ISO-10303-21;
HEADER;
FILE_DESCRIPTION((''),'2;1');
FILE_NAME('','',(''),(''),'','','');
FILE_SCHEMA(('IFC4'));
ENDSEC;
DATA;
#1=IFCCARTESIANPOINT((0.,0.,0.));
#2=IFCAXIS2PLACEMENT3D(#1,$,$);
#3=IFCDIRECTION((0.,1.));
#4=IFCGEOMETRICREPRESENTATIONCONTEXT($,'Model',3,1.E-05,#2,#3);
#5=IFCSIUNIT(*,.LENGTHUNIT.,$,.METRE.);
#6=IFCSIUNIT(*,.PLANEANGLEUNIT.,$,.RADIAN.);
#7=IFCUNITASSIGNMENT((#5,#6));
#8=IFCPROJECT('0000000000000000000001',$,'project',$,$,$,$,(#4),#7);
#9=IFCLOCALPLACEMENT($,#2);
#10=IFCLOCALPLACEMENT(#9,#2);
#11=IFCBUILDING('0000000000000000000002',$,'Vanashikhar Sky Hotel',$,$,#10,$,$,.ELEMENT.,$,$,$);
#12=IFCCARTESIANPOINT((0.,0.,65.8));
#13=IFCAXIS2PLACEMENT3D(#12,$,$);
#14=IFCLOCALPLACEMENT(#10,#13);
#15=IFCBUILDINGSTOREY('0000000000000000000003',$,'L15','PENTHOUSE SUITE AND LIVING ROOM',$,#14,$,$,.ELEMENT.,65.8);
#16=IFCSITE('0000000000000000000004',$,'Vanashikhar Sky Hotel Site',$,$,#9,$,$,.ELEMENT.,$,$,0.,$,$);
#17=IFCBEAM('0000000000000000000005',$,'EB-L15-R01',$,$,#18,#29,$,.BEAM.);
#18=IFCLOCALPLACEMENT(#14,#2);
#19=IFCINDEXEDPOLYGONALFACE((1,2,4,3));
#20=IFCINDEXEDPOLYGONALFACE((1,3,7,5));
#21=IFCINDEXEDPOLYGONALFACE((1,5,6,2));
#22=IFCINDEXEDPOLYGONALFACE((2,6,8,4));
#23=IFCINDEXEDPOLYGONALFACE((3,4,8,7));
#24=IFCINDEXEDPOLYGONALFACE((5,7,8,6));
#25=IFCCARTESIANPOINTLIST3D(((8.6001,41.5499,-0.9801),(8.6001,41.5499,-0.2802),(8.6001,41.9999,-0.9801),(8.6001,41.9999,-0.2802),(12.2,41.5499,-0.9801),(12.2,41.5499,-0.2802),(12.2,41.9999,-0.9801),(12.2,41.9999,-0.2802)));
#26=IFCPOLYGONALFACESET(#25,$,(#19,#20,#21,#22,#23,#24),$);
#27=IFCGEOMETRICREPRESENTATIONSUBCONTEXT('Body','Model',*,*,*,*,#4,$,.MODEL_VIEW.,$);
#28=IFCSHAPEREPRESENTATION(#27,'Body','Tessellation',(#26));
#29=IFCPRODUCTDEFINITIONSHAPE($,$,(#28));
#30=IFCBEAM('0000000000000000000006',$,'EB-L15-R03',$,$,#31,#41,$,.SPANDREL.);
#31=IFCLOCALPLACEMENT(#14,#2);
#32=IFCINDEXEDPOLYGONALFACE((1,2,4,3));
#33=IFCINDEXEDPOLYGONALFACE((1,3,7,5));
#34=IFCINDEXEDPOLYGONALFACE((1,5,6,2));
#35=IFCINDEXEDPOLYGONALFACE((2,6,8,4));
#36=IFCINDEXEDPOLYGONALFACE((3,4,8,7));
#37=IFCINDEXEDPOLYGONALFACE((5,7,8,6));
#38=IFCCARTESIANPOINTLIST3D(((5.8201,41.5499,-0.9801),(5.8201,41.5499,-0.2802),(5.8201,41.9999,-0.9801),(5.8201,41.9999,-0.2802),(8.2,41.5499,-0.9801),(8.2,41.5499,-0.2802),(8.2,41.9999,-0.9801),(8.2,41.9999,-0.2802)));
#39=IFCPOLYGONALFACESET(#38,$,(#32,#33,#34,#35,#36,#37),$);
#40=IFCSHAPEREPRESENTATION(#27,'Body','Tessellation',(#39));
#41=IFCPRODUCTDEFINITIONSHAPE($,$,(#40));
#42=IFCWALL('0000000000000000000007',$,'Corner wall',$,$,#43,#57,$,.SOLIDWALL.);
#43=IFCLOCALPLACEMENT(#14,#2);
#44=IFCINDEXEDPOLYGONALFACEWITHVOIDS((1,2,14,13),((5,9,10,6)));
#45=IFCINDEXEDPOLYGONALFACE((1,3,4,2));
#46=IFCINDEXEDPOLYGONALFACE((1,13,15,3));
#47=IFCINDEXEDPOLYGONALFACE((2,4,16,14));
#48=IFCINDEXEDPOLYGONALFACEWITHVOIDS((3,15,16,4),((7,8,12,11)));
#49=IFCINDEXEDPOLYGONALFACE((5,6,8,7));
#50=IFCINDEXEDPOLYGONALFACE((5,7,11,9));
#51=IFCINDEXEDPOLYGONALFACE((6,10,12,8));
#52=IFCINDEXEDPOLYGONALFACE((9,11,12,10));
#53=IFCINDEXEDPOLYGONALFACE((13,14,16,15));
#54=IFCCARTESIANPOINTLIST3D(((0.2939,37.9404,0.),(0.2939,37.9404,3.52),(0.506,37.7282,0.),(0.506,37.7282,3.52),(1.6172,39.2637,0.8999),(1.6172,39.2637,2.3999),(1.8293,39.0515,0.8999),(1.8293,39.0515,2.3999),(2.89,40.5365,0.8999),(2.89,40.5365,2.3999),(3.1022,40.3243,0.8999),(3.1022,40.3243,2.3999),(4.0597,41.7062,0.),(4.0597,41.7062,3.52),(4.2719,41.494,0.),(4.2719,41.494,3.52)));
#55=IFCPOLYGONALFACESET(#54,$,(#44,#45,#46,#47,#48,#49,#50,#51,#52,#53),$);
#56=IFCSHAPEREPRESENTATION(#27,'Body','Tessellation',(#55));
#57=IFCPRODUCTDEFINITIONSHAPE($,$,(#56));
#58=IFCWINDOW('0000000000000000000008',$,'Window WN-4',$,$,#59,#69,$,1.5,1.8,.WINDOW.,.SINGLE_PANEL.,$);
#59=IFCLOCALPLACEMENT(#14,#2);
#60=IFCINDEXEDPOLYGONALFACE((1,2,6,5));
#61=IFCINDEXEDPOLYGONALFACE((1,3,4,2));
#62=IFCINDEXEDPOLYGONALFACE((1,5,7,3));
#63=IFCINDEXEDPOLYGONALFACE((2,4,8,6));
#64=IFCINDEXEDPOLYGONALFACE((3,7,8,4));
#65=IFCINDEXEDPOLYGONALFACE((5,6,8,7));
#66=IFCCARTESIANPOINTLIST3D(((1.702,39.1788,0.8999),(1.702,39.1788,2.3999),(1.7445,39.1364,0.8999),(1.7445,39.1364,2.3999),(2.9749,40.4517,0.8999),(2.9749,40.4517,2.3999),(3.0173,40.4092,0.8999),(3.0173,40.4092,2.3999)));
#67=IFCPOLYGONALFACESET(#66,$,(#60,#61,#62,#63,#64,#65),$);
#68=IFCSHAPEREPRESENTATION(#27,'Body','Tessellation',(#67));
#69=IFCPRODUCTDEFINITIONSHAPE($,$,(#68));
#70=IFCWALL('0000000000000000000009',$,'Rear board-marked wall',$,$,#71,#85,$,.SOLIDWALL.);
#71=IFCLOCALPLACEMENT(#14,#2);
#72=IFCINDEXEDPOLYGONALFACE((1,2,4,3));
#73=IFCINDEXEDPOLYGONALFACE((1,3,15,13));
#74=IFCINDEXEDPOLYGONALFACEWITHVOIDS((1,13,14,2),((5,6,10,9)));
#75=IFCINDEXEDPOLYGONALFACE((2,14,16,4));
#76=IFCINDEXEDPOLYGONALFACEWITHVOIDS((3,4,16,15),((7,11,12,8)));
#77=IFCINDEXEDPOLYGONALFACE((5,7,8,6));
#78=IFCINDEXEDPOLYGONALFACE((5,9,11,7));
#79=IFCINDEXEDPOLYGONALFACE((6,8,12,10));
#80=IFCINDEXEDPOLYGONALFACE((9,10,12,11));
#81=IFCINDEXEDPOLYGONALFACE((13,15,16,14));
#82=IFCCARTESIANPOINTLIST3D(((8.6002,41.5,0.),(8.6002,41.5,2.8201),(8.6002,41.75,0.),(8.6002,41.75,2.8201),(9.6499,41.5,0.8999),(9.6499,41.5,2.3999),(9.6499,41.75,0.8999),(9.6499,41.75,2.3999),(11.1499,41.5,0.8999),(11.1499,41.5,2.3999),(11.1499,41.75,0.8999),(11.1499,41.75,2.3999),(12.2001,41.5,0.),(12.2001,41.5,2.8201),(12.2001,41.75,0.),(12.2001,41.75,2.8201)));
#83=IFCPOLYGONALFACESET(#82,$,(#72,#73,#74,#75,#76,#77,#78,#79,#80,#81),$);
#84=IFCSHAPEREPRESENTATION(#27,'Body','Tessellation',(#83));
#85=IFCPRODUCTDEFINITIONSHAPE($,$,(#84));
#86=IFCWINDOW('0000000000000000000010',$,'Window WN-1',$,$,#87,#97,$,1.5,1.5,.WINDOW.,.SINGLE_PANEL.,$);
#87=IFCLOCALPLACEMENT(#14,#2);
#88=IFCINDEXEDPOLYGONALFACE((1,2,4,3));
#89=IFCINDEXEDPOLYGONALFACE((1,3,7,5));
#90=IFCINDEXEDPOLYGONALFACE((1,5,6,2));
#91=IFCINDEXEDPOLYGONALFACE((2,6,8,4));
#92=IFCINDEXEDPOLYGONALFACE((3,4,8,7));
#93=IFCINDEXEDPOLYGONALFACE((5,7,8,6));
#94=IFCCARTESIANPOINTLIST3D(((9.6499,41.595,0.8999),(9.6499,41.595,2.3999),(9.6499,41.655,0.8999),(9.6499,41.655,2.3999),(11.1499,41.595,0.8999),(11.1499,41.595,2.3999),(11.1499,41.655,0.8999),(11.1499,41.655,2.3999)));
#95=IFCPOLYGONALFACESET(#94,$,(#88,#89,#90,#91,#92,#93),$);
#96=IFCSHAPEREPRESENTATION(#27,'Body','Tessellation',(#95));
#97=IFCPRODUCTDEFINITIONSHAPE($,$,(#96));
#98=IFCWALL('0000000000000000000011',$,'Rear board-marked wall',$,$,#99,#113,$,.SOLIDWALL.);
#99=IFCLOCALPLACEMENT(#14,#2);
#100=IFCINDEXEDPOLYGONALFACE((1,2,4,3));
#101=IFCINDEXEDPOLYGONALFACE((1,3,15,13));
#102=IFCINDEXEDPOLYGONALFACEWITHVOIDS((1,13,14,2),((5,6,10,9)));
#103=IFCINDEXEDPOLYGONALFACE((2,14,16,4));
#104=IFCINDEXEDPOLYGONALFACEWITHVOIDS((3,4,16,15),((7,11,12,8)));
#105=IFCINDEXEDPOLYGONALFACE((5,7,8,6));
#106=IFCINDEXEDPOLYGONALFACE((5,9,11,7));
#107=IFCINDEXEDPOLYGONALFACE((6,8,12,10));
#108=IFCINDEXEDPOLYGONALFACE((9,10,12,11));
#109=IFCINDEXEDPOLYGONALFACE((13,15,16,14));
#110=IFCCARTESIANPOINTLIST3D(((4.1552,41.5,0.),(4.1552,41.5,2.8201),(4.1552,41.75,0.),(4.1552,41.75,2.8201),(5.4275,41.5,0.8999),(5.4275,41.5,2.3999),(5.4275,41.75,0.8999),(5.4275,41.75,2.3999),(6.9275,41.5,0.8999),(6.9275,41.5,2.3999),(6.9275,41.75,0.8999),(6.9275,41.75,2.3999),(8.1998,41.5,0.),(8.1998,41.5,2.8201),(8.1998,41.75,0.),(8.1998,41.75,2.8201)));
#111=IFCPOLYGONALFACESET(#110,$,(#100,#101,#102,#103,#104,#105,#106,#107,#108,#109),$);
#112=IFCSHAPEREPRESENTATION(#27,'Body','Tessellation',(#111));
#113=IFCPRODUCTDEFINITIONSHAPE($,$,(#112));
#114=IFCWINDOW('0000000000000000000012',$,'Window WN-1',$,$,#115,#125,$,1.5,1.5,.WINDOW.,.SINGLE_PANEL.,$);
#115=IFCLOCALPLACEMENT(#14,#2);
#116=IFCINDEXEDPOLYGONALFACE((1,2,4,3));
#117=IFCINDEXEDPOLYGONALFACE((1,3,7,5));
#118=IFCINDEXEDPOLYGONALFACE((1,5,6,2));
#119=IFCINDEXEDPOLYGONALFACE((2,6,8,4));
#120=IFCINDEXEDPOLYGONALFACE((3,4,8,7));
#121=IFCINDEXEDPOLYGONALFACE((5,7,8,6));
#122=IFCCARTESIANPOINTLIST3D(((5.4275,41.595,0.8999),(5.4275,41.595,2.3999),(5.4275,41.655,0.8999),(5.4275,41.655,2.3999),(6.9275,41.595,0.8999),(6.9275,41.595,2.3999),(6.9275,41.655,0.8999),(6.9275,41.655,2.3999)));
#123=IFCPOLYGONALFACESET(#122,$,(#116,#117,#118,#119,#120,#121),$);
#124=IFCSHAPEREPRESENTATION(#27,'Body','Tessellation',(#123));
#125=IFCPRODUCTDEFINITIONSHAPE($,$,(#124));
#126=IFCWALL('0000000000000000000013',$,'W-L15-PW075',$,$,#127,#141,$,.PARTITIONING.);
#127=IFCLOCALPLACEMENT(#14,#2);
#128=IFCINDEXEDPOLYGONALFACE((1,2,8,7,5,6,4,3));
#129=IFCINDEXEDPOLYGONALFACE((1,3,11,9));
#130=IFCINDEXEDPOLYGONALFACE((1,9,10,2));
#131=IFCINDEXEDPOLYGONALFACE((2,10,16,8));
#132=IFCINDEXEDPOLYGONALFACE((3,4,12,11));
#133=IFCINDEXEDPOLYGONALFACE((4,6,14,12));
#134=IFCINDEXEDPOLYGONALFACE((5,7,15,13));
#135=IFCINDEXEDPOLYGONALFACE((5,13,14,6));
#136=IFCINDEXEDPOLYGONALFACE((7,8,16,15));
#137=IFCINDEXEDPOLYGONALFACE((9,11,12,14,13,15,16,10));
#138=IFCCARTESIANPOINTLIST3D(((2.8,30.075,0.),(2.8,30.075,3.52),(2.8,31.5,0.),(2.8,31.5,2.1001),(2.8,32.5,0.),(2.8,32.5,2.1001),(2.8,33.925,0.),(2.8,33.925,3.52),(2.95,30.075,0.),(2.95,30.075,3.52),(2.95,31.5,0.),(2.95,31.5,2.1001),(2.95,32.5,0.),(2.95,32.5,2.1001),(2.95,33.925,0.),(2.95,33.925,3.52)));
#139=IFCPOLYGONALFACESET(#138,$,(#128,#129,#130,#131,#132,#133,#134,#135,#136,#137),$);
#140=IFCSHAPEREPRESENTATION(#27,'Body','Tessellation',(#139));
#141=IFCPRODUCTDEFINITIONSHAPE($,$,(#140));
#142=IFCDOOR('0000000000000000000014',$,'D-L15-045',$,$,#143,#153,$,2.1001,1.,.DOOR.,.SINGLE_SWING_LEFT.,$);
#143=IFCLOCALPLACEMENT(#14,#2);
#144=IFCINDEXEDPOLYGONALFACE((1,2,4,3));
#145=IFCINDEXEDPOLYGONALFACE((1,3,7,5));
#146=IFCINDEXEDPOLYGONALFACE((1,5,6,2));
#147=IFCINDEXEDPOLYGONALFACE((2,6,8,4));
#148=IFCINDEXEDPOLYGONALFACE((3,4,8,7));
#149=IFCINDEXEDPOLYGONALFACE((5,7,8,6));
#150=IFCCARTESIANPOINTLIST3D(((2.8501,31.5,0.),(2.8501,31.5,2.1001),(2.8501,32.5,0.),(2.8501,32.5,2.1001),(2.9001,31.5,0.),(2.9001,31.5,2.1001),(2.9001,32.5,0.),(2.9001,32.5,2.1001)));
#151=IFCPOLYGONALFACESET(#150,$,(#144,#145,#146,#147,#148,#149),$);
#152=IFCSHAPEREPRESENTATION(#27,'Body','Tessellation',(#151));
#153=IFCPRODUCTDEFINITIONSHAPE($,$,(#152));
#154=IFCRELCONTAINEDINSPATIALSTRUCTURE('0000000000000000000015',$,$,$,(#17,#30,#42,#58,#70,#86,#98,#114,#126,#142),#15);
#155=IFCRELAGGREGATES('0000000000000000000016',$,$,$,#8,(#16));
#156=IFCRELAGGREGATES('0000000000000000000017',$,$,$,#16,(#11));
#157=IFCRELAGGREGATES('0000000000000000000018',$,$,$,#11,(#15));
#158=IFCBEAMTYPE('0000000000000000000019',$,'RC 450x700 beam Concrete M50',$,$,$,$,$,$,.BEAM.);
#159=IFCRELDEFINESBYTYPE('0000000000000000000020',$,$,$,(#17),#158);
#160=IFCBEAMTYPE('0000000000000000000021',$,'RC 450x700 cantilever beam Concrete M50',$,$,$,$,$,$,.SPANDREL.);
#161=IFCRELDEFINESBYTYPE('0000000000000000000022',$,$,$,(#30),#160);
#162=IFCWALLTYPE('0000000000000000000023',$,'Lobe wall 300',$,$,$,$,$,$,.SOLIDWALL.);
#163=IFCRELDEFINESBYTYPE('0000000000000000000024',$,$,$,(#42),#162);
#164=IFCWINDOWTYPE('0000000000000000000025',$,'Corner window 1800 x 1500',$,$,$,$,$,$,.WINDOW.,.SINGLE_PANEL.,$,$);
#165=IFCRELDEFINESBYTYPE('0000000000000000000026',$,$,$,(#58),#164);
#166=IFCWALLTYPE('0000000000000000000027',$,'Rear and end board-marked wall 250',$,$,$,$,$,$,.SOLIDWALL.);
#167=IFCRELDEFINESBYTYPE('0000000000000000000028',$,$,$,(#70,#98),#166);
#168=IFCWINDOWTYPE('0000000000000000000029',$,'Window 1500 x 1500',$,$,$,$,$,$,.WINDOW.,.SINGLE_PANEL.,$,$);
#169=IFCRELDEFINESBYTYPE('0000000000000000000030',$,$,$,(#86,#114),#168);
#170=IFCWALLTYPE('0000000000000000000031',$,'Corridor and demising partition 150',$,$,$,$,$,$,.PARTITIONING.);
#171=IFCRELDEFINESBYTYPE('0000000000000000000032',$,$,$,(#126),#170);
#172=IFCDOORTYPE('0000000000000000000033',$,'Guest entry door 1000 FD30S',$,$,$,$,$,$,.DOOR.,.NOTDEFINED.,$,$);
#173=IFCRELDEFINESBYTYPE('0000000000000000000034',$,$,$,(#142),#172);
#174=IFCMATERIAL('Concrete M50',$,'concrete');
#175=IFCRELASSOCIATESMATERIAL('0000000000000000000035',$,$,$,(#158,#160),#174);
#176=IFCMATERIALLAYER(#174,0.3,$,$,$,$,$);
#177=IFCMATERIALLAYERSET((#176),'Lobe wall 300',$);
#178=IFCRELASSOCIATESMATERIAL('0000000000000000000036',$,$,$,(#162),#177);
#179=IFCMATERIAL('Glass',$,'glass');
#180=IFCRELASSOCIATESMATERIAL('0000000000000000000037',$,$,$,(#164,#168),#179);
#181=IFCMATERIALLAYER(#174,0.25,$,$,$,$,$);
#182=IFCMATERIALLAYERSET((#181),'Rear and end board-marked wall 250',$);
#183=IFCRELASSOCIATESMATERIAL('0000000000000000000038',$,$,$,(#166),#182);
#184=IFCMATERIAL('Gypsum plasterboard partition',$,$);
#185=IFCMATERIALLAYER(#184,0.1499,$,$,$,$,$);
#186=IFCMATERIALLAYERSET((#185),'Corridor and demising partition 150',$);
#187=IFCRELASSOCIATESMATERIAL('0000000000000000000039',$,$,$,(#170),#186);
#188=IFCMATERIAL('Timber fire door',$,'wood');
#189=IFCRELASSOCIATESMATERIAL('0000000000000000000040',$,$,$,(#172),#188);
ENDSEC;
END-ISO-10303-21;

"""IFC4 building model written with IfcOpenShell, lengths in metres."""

from ifc_helpers import new_model, si_unit, direction, frame, frame_2d, origin, origin_2d, place, context, subcontext, project, spatial, rectangle, extrude, source, transform, mapped, material, layer, layer_set, material_profile, profile_set, type_object, element, fill, save


model = new_model("IFC4")

# Units and contexts
model_context = context("Model", 3, precision=1e-05, world=origin(), true_north=direction((0.0, 1.0)))
body_context = subcontext(model_context, "Body", "Model", "MODEL_VIEW")
ifc_project = project(units=[si_unit("LENGTHUNIT", "METRE"), si_unit("PLANEANGLEUNIT", "RADIAN")], contexts=[model_context])

# Site, building, storey
site_placement = place(None, origin())
site = spatial("IfcSite", under=ifc_project, at=site_placement, Name="Vanashikhar Sky Hotel Site", CompositionType="ELEMENT", RefElevation=0.0)
building_placement = place(site_placement, origin())
building = spatial("IfcBuilding", under=site, at=building_placement, Name="Vanashikhar Sky Hotel", CompositionType="ELEMENT")
storey_placement = place(building_placement, frame((0.0, 0.0, 65.8)))
storey = spatial("IfcBuildingStorey", under=building, at=storey_placement, Name="L15", Description="PENTHOUSE SUITE AND LIVING ROOM", CompositionType="ELEMENT", Elevation=65.8)

# Beams
ifc_material_1 = material(Name="Concrete M50", Category="concrete")
ifc_material_profile_1 = material_profile(ifc_material_1, rectangle(XDim=0.45, YDim=0.7, at=origin_2d()))
ifc_profile_set_1 = profile_set([ifc_material_profile_1], Name="RC 450x700 beam Concrete M50")
beam_type_1 = type_object("IfcBeamType", Name="RC 450x700 beam Concrete M50", PredefinedType="BEAM", material=ifc_profile_set_1)
shared_shape_1 = source(origin(), body_context, "Body", "SweptSolid", [
    extrude(rectangle(XDim=0.45, YDim=0.7, at=origin_2d()), origin(), (0.0, 0.0, 1.0), 3.5999),
])
beam_1_placement = place(storey_placement, frame((8.6001, 41.7749, -0.6301), z_axis=(1.0, 0.0, 0.0), x_axis=(0.0, 1.0, 0.0)))
element("IfcBeam", 1, at=beam_1_placement, inside=storey, type_object=beam_type_1, Name="EB-L15-R01", PredefinedType="BEAM", context=body_context, shape_type="MappedRepresentation", body=[
    mapped(shared_shape_1, transform((0.0, 0.0, 0.0), scale=1.0)),
])
ifc_material_profile_2 = material_profile(ifc_material_1, rectangle(XDim=0.45, YDim=0.7, at=origin_2d()))
ifc_profile_set_2 = profile_set([ifc_material_profile_2], Name="RC 450x700 cantilever beam Concrete M50")
beam_type_2 = type_object("IfcBeamType", Name="RC 450x700 cantilever beam Concrete M50", PredefinedType="SPANDREL", material=ifc_profile_set_2)
shared_shape_2 = source(origin(), body_context, "Body", "SweptSolid", [
    extrude(rectangle(XDim=0.45, YDim=0.7, at=origin_2d()), origin(), (0.0, 0.0, 1.0), 2.3799),
])
beam_2_placement = place(storey_placement, frame((5.8201, 41.7749, -0.6301), z_axis=(1.0, 0.0, 0.0), x_axis=(0.0, 1.0, 0.0)))
element("IfcBeam", 2, at=beam_2_placement, inside=storey, type_object=beam_type_2, Name="EB-L15-R03", PredefinedType="SPANDREL", context=body_context, shape_type="MappedRepresentation", body=[
    mapped(shared_shape_2, transform((0.0, 0.0, 0.0), scale=1.0)),
])

# Walls, openings, windows
ifc_layer_1 = layer(ifc_material_1, 0.3)
ifc_layer_set_1 = layer_set([ifc_layer_1], Name="Lobe wall 300")
wall_type_1 = type_object("IfcWallType", Name="Lobe wall 300", PredefinedType="SOLIDWALL", material=ifc_layer_set_1)
shared_shape_3 = source(origin(), body_context, "Body", "SweptSolid", [
    extrude(rectangle(XDim=5.3257, YDim=0.3, at=frame_2d((2.6628, 0.0))), origin(), (0.0, 0.0, 1.0), 3.52),
])
wall_1_placement = place(storey_placement, frame((4.1658, 41.6001, 0.0), z_axis=(0.0, 0.0, 1.0), x_axis=(-0.707107, -0.707107, 0.0)))
wall_1 = element("IfcWall", 3, at=wall_1_placement, inside=storey, type_object=wall_type_1, Name="Corner wall", PredefinedType="SOLIDWALL", context=body_context, shape_type="MappedRepresentation", body=[
    mapped(shared_shape_3, transform((0.0, 0.0, 0.0), scale=1.0)),
])
shared_shape_4 = source(origin(), body_context, "Body", "SweptSolid", [
    extrude(rectangle(XDim=1.8, YDim=1.5, at=frame_2d((0.8999, 0.75))), frame((0.0, 0.1602, 0.0), z_axis=(0.0, -1.0, 0.0), x_axis=(1.0, 0.0, 0.0)), (0.0, 0.0, 1.0), 0.3201),
])
opening_1_placement = place(wall_1_placement, frame((1.6543, 0.0, 0.8999)))
opening_1 = element("IfcOpeningElement", 4, at=opening_1_placement, cuts=wall_1, PredefinedType="OPENING", context=body_context, shape_type="MappedRepresentation", body=[
    mapped(shared_shape_4, transform((0.0, 0.0, 0.0), scale=1.0)),
])
ifc_material_2 = material(Name="Glass", Category="glass")
window_type_1 = type_object("IfcWindowType", Name="Corner window 1800 x 1500", PartitioningType="SINGLE_PANEL", PredefinedType="WINDOW", material=ifc_material_2)
shared_shape_5 = source(origin(), body_context, "Body", "SweptSolid", [
    extrude(rectangle(XDim=1.8, YDim=1.5, at=frame_2d((0.8999, 0.75))), frame((0.0, 0.03, 0.0), z_axis=(0.0, -1.0, 0.0), x_axis=(1.0, 0.0, 0.0)), (0.0, 0.0, 1.0), 0.0601),
])
window_1_placement = place(opening_1_placement, origin())
window_1 = element("IfcWindow", 5, at=window_1_placement, inside=storey, type_object=window_type_1, Name="Window WN-4", OverallHeight=1.5, OverallWidth=1.8, PartitioningType="SINGLE_PANEL", PredefinedType="WINDOW", context=body_context, shape_type="MappedRepresentation", body=[
    mapped(shared_shape_5, transform((0.0, 0.0, 0.0), scale=1.0)),
])
fill(opening_1, window_1)
ifc_layer_2 = layer(ifc_material_1, 0.25)
ifc_layer_set_2 = layer_set([ifc_layer_2], Name="Rear and end board-marked wall 250")
wall_type_2 = type_object("IfcWallType", Name="Rear and end board-marked wall 250", PredefinedType="SOLIDWALL", material=ifc_layer_set_2)
shared_shape_6 = source(origin(), body_context, "Body", "SweptSolid", [
    extrude(rectangle(XDim=3.5999, YDim=0.25, at=frame_2d((1.7998, 0.0))), origin(), (0.0, 0.0, 1.0), 2.8201),
])
wall_2_placement = place(storey_placement, frame((12.2, 41.625, 0.0), z_axis=(0.0, 0.0, 1.0), x_axis=(-1.0, 0.0, 0.0)))
wall_2 = element("IfcWall", 6, at=wall_2_placement, inside=storey, type_object=wall_type_2, Name="Rear board-marked wall", PredefinedType="SOLIDWALL", context=body_context, shape_type="MappedRepresentation", body=[
    mapped(shared_shape_6, transform((0.0, 0.0, 0.0), scale=1.0)),
])
shared_shape_7 = source(origin(), body_context, "Body", "SweptSolid", [
    extrude(rectangle(XDim=1.5, YDim=1.5, at=frame_2d((0.75, 0.75))), frame((0.0, 0.135, 0.0), z_axis=(0.0, -1.0, 0.0), x_axis=(1.0, 0.0, 0.0)), (0.0, 0.0, 1.0), 0.27),
])
opening_2_placement = place(wall_2_placement, frame((1.05, 0.0, 0.8999)))
opening_2 = element("IfcOpeningElement", 7, at=opening_2_placement, cuts=wall_2, PredefinedType="OPENING", context=body_context, shape_type="MappedRepresentation", body=[
    mapped(shared_shape_7, transform((0.0, 0.0, 0.0), scale=1.0)),
])
window_type_2 = type_object("IfcWindowType", Name="Window 1500 x 1500", PartitioningType="SINGLE_PANEL", PredefinedType="WINDOW", material=ifc_material_2)
shared_shape_8 = source(origin(), body_context, "Body", "SweptSolid", [
    extrude(rectangle(XDim=1.5, YDim=1.5, at=frame_2d((0.75, 0.75))), frame((0.0, 0.03, 0.0), z_axis=(0.0, -1.0, 0.0), x_axis=(1.0, 0.0, 0.0)), (0.0, 0.0, 1.0), 0.0601),
])
window_2_placement = place(opening_2_placement, origin())
window_2 = element("IfcWindow", 8, at=window_2_placement, inside=storey, type_object=window_type_2, Name="Window WN-1", OverallHeight=1.5, OverallWidth=1.5, PartitioningType="SINGLE_PANEL", PredefinedType="WINDOW", context=body_context, shape_type="MappedRepresentation", body=[
    mapped(shared_shape_8, transform((0.0, 0.0, 0.0), scale=1.0)),
])
fill(opening_2, window_2)
shared_shape_9 = source(origin(), body_context, "Body", "SweptSolid", [
    extrude(rectangle(XDim=4.0447, YDim=0.25, at=frame_2d((2.0225, 0.0))), origin(), (0.0, 0.0, 1.0), 2.8201),
])
wall_3_placement = place(storey_placement, frame((8.2, 41.625, 0.0), z_axis=(0.0, 0.0, 1.0), x_axis=(-1.0, 0.0, 0.0)))
wall_3 = element("IfcWall", 9, at=wall_3_placement, inside=storey, type_object=wall_type_2, Name="Rear board-marked wall", PredefinedType="SOLIDWALL", context=body_context, shape_type="MappedRepresentation", body=[
    mapped(shared_shape_9, transform((0.0, 0.0, 0.0), scale=1.0)),
])
opening_3_placement = place(wall_3_placement, frame((1.2725, 0.0, 0.8999)))
opening_3 = element("IfcOpeningElement", 10, at=opening_3_placement, cuts=wall_3, PredefinedType="OPENING", context=body_context, shape_type="MappedRepresentation", body=[
    mapped(shared_shape_7, transform((0.0, 0.0, 0.0), scale=1.0)),
])
window_3_placement = place(opening_3_placement, origin())
window_3 = element("IfcWindow", 11, at=window_3_placement, inside=storey, type_object=window_type_2, Name="Window WN-1", OverallHeight=1.5, OverallWidth=1.5, PartitioningType="SINGLE_PANEL", PredefinedType="WINDOW", context=body_context, shape_type="MappedRepresentation", body=[
    mapped(shared_shape_8, transform((0.0, 0.0, 0.0), scale=1.0)),
])
fill(opening_3, window_3)

# Wall, opening, door
ifc_material_3 = material(Name="Gypsum plasterboard partition")
ifc_layer_3 = layer(ifc_material_3, 0.1499)
ifc_layer_set_3 = layer_set([ifc_layer_3], Name="Corridor and demising partition 150")
wall_type_3 = type_object("IfcWallType", Name="Corridor and demising partition 150", PredefinedType="PARTITIONING", material=ifc_layer_set_3)
shared_shape_10 = source(origin(), body_context, "Body", "SweptSolid", [
    extrude(rectangle(XDim=3.8501, YDim=0.1499, at=frame_2d((1.925, 0.0))), origin(), (0.0, 0.0, 1.0), 3.52),
])
wall_4_placement = place(storey_placement, frame((2.875, 30.075, 0.0), z_axis=(0.0, 0.0, 1.0), x_axis=(0.0, 1.0, 0.0)))
wall_4 = element("IfcWall", 12, at=wall_4_placement, inside=storey, type_object=wall_type_3, Name="W-L15-PW075", PredefinedType="PARTITIONING", context=body_context, shape_type="MappedRepresentation", body=[
    mapped(shared_shape_10, transform((0.0, 0.0, 0.0), scale=1.0)),
])
shared_shape_11 = source(origin(), body_context, "Body", "SweptSolid", [
    extrude(rectangle(XDim=1.0, YDim=2.1001, at=frame_2d((0.5, 1.05))), frame((0.0, 0.085, 0.0), z_axis=(0.0, -1.0, 0.0), x_axis=(1.0, 0.0, 0.0)), (0.0, 0.0, 1.0), 0.1699),
])
opening_4_placement = place(wall_4_placement, frame((1.425, 0.0, 0.0)))
opening_4 = element("IfcOpeningElement", 13, at=opening_4_placement, cuts=wall_4, PredefinedType="OPENING", context=body_context, shape_type="MappedRepresentation", body=[
    mapped(shared_shape_11, transform((0.0, 0.0, 0.0), scale=1.0)),
])
ifc_material_4 = material(Name="Timber fire door", Category="wood")
door_type_1 = type_object("IfcDoorType", Name="Guest entry door 1000 FD30S", OperationType="NOTDEFINED", PredefinedType="DOOR", material=ifc_material_4)
shared_shape_12 = source(origin(), body_context, "Body", "SweptSolid", [
    extrude(rectangle(XDim=1.0, YDim=2.1001, at=frame_2d((0.5, 1.05))), frame((0.0, 0.0249, 0.0), z_axis=(0.0, -1.0, 0.0), x_axis=(1.0, 0.0, 0.0)), (0.0, 0.0, 1.0), 0.05),
])
door_1_placement = place(opening_4_placement, origin())
door_1 = element("IfcDoor", 14, at=door_1_placement, inside=storey, type_object=door_type_1, Name="D-L15-045", OperationType="SINGLE_SWING_LEFT", OverallHeight=2.1001, OverallWidth=1.0, PredefinedType="DOOR", context=body_context, shape_type="MappedRepresentation", body=[
    mapped(shared_shape_12, transform((0.0, 0.0, 0.0), scale=1.0)),
])
fill(opening_4, door_1)

save(model, "model.ifc")
